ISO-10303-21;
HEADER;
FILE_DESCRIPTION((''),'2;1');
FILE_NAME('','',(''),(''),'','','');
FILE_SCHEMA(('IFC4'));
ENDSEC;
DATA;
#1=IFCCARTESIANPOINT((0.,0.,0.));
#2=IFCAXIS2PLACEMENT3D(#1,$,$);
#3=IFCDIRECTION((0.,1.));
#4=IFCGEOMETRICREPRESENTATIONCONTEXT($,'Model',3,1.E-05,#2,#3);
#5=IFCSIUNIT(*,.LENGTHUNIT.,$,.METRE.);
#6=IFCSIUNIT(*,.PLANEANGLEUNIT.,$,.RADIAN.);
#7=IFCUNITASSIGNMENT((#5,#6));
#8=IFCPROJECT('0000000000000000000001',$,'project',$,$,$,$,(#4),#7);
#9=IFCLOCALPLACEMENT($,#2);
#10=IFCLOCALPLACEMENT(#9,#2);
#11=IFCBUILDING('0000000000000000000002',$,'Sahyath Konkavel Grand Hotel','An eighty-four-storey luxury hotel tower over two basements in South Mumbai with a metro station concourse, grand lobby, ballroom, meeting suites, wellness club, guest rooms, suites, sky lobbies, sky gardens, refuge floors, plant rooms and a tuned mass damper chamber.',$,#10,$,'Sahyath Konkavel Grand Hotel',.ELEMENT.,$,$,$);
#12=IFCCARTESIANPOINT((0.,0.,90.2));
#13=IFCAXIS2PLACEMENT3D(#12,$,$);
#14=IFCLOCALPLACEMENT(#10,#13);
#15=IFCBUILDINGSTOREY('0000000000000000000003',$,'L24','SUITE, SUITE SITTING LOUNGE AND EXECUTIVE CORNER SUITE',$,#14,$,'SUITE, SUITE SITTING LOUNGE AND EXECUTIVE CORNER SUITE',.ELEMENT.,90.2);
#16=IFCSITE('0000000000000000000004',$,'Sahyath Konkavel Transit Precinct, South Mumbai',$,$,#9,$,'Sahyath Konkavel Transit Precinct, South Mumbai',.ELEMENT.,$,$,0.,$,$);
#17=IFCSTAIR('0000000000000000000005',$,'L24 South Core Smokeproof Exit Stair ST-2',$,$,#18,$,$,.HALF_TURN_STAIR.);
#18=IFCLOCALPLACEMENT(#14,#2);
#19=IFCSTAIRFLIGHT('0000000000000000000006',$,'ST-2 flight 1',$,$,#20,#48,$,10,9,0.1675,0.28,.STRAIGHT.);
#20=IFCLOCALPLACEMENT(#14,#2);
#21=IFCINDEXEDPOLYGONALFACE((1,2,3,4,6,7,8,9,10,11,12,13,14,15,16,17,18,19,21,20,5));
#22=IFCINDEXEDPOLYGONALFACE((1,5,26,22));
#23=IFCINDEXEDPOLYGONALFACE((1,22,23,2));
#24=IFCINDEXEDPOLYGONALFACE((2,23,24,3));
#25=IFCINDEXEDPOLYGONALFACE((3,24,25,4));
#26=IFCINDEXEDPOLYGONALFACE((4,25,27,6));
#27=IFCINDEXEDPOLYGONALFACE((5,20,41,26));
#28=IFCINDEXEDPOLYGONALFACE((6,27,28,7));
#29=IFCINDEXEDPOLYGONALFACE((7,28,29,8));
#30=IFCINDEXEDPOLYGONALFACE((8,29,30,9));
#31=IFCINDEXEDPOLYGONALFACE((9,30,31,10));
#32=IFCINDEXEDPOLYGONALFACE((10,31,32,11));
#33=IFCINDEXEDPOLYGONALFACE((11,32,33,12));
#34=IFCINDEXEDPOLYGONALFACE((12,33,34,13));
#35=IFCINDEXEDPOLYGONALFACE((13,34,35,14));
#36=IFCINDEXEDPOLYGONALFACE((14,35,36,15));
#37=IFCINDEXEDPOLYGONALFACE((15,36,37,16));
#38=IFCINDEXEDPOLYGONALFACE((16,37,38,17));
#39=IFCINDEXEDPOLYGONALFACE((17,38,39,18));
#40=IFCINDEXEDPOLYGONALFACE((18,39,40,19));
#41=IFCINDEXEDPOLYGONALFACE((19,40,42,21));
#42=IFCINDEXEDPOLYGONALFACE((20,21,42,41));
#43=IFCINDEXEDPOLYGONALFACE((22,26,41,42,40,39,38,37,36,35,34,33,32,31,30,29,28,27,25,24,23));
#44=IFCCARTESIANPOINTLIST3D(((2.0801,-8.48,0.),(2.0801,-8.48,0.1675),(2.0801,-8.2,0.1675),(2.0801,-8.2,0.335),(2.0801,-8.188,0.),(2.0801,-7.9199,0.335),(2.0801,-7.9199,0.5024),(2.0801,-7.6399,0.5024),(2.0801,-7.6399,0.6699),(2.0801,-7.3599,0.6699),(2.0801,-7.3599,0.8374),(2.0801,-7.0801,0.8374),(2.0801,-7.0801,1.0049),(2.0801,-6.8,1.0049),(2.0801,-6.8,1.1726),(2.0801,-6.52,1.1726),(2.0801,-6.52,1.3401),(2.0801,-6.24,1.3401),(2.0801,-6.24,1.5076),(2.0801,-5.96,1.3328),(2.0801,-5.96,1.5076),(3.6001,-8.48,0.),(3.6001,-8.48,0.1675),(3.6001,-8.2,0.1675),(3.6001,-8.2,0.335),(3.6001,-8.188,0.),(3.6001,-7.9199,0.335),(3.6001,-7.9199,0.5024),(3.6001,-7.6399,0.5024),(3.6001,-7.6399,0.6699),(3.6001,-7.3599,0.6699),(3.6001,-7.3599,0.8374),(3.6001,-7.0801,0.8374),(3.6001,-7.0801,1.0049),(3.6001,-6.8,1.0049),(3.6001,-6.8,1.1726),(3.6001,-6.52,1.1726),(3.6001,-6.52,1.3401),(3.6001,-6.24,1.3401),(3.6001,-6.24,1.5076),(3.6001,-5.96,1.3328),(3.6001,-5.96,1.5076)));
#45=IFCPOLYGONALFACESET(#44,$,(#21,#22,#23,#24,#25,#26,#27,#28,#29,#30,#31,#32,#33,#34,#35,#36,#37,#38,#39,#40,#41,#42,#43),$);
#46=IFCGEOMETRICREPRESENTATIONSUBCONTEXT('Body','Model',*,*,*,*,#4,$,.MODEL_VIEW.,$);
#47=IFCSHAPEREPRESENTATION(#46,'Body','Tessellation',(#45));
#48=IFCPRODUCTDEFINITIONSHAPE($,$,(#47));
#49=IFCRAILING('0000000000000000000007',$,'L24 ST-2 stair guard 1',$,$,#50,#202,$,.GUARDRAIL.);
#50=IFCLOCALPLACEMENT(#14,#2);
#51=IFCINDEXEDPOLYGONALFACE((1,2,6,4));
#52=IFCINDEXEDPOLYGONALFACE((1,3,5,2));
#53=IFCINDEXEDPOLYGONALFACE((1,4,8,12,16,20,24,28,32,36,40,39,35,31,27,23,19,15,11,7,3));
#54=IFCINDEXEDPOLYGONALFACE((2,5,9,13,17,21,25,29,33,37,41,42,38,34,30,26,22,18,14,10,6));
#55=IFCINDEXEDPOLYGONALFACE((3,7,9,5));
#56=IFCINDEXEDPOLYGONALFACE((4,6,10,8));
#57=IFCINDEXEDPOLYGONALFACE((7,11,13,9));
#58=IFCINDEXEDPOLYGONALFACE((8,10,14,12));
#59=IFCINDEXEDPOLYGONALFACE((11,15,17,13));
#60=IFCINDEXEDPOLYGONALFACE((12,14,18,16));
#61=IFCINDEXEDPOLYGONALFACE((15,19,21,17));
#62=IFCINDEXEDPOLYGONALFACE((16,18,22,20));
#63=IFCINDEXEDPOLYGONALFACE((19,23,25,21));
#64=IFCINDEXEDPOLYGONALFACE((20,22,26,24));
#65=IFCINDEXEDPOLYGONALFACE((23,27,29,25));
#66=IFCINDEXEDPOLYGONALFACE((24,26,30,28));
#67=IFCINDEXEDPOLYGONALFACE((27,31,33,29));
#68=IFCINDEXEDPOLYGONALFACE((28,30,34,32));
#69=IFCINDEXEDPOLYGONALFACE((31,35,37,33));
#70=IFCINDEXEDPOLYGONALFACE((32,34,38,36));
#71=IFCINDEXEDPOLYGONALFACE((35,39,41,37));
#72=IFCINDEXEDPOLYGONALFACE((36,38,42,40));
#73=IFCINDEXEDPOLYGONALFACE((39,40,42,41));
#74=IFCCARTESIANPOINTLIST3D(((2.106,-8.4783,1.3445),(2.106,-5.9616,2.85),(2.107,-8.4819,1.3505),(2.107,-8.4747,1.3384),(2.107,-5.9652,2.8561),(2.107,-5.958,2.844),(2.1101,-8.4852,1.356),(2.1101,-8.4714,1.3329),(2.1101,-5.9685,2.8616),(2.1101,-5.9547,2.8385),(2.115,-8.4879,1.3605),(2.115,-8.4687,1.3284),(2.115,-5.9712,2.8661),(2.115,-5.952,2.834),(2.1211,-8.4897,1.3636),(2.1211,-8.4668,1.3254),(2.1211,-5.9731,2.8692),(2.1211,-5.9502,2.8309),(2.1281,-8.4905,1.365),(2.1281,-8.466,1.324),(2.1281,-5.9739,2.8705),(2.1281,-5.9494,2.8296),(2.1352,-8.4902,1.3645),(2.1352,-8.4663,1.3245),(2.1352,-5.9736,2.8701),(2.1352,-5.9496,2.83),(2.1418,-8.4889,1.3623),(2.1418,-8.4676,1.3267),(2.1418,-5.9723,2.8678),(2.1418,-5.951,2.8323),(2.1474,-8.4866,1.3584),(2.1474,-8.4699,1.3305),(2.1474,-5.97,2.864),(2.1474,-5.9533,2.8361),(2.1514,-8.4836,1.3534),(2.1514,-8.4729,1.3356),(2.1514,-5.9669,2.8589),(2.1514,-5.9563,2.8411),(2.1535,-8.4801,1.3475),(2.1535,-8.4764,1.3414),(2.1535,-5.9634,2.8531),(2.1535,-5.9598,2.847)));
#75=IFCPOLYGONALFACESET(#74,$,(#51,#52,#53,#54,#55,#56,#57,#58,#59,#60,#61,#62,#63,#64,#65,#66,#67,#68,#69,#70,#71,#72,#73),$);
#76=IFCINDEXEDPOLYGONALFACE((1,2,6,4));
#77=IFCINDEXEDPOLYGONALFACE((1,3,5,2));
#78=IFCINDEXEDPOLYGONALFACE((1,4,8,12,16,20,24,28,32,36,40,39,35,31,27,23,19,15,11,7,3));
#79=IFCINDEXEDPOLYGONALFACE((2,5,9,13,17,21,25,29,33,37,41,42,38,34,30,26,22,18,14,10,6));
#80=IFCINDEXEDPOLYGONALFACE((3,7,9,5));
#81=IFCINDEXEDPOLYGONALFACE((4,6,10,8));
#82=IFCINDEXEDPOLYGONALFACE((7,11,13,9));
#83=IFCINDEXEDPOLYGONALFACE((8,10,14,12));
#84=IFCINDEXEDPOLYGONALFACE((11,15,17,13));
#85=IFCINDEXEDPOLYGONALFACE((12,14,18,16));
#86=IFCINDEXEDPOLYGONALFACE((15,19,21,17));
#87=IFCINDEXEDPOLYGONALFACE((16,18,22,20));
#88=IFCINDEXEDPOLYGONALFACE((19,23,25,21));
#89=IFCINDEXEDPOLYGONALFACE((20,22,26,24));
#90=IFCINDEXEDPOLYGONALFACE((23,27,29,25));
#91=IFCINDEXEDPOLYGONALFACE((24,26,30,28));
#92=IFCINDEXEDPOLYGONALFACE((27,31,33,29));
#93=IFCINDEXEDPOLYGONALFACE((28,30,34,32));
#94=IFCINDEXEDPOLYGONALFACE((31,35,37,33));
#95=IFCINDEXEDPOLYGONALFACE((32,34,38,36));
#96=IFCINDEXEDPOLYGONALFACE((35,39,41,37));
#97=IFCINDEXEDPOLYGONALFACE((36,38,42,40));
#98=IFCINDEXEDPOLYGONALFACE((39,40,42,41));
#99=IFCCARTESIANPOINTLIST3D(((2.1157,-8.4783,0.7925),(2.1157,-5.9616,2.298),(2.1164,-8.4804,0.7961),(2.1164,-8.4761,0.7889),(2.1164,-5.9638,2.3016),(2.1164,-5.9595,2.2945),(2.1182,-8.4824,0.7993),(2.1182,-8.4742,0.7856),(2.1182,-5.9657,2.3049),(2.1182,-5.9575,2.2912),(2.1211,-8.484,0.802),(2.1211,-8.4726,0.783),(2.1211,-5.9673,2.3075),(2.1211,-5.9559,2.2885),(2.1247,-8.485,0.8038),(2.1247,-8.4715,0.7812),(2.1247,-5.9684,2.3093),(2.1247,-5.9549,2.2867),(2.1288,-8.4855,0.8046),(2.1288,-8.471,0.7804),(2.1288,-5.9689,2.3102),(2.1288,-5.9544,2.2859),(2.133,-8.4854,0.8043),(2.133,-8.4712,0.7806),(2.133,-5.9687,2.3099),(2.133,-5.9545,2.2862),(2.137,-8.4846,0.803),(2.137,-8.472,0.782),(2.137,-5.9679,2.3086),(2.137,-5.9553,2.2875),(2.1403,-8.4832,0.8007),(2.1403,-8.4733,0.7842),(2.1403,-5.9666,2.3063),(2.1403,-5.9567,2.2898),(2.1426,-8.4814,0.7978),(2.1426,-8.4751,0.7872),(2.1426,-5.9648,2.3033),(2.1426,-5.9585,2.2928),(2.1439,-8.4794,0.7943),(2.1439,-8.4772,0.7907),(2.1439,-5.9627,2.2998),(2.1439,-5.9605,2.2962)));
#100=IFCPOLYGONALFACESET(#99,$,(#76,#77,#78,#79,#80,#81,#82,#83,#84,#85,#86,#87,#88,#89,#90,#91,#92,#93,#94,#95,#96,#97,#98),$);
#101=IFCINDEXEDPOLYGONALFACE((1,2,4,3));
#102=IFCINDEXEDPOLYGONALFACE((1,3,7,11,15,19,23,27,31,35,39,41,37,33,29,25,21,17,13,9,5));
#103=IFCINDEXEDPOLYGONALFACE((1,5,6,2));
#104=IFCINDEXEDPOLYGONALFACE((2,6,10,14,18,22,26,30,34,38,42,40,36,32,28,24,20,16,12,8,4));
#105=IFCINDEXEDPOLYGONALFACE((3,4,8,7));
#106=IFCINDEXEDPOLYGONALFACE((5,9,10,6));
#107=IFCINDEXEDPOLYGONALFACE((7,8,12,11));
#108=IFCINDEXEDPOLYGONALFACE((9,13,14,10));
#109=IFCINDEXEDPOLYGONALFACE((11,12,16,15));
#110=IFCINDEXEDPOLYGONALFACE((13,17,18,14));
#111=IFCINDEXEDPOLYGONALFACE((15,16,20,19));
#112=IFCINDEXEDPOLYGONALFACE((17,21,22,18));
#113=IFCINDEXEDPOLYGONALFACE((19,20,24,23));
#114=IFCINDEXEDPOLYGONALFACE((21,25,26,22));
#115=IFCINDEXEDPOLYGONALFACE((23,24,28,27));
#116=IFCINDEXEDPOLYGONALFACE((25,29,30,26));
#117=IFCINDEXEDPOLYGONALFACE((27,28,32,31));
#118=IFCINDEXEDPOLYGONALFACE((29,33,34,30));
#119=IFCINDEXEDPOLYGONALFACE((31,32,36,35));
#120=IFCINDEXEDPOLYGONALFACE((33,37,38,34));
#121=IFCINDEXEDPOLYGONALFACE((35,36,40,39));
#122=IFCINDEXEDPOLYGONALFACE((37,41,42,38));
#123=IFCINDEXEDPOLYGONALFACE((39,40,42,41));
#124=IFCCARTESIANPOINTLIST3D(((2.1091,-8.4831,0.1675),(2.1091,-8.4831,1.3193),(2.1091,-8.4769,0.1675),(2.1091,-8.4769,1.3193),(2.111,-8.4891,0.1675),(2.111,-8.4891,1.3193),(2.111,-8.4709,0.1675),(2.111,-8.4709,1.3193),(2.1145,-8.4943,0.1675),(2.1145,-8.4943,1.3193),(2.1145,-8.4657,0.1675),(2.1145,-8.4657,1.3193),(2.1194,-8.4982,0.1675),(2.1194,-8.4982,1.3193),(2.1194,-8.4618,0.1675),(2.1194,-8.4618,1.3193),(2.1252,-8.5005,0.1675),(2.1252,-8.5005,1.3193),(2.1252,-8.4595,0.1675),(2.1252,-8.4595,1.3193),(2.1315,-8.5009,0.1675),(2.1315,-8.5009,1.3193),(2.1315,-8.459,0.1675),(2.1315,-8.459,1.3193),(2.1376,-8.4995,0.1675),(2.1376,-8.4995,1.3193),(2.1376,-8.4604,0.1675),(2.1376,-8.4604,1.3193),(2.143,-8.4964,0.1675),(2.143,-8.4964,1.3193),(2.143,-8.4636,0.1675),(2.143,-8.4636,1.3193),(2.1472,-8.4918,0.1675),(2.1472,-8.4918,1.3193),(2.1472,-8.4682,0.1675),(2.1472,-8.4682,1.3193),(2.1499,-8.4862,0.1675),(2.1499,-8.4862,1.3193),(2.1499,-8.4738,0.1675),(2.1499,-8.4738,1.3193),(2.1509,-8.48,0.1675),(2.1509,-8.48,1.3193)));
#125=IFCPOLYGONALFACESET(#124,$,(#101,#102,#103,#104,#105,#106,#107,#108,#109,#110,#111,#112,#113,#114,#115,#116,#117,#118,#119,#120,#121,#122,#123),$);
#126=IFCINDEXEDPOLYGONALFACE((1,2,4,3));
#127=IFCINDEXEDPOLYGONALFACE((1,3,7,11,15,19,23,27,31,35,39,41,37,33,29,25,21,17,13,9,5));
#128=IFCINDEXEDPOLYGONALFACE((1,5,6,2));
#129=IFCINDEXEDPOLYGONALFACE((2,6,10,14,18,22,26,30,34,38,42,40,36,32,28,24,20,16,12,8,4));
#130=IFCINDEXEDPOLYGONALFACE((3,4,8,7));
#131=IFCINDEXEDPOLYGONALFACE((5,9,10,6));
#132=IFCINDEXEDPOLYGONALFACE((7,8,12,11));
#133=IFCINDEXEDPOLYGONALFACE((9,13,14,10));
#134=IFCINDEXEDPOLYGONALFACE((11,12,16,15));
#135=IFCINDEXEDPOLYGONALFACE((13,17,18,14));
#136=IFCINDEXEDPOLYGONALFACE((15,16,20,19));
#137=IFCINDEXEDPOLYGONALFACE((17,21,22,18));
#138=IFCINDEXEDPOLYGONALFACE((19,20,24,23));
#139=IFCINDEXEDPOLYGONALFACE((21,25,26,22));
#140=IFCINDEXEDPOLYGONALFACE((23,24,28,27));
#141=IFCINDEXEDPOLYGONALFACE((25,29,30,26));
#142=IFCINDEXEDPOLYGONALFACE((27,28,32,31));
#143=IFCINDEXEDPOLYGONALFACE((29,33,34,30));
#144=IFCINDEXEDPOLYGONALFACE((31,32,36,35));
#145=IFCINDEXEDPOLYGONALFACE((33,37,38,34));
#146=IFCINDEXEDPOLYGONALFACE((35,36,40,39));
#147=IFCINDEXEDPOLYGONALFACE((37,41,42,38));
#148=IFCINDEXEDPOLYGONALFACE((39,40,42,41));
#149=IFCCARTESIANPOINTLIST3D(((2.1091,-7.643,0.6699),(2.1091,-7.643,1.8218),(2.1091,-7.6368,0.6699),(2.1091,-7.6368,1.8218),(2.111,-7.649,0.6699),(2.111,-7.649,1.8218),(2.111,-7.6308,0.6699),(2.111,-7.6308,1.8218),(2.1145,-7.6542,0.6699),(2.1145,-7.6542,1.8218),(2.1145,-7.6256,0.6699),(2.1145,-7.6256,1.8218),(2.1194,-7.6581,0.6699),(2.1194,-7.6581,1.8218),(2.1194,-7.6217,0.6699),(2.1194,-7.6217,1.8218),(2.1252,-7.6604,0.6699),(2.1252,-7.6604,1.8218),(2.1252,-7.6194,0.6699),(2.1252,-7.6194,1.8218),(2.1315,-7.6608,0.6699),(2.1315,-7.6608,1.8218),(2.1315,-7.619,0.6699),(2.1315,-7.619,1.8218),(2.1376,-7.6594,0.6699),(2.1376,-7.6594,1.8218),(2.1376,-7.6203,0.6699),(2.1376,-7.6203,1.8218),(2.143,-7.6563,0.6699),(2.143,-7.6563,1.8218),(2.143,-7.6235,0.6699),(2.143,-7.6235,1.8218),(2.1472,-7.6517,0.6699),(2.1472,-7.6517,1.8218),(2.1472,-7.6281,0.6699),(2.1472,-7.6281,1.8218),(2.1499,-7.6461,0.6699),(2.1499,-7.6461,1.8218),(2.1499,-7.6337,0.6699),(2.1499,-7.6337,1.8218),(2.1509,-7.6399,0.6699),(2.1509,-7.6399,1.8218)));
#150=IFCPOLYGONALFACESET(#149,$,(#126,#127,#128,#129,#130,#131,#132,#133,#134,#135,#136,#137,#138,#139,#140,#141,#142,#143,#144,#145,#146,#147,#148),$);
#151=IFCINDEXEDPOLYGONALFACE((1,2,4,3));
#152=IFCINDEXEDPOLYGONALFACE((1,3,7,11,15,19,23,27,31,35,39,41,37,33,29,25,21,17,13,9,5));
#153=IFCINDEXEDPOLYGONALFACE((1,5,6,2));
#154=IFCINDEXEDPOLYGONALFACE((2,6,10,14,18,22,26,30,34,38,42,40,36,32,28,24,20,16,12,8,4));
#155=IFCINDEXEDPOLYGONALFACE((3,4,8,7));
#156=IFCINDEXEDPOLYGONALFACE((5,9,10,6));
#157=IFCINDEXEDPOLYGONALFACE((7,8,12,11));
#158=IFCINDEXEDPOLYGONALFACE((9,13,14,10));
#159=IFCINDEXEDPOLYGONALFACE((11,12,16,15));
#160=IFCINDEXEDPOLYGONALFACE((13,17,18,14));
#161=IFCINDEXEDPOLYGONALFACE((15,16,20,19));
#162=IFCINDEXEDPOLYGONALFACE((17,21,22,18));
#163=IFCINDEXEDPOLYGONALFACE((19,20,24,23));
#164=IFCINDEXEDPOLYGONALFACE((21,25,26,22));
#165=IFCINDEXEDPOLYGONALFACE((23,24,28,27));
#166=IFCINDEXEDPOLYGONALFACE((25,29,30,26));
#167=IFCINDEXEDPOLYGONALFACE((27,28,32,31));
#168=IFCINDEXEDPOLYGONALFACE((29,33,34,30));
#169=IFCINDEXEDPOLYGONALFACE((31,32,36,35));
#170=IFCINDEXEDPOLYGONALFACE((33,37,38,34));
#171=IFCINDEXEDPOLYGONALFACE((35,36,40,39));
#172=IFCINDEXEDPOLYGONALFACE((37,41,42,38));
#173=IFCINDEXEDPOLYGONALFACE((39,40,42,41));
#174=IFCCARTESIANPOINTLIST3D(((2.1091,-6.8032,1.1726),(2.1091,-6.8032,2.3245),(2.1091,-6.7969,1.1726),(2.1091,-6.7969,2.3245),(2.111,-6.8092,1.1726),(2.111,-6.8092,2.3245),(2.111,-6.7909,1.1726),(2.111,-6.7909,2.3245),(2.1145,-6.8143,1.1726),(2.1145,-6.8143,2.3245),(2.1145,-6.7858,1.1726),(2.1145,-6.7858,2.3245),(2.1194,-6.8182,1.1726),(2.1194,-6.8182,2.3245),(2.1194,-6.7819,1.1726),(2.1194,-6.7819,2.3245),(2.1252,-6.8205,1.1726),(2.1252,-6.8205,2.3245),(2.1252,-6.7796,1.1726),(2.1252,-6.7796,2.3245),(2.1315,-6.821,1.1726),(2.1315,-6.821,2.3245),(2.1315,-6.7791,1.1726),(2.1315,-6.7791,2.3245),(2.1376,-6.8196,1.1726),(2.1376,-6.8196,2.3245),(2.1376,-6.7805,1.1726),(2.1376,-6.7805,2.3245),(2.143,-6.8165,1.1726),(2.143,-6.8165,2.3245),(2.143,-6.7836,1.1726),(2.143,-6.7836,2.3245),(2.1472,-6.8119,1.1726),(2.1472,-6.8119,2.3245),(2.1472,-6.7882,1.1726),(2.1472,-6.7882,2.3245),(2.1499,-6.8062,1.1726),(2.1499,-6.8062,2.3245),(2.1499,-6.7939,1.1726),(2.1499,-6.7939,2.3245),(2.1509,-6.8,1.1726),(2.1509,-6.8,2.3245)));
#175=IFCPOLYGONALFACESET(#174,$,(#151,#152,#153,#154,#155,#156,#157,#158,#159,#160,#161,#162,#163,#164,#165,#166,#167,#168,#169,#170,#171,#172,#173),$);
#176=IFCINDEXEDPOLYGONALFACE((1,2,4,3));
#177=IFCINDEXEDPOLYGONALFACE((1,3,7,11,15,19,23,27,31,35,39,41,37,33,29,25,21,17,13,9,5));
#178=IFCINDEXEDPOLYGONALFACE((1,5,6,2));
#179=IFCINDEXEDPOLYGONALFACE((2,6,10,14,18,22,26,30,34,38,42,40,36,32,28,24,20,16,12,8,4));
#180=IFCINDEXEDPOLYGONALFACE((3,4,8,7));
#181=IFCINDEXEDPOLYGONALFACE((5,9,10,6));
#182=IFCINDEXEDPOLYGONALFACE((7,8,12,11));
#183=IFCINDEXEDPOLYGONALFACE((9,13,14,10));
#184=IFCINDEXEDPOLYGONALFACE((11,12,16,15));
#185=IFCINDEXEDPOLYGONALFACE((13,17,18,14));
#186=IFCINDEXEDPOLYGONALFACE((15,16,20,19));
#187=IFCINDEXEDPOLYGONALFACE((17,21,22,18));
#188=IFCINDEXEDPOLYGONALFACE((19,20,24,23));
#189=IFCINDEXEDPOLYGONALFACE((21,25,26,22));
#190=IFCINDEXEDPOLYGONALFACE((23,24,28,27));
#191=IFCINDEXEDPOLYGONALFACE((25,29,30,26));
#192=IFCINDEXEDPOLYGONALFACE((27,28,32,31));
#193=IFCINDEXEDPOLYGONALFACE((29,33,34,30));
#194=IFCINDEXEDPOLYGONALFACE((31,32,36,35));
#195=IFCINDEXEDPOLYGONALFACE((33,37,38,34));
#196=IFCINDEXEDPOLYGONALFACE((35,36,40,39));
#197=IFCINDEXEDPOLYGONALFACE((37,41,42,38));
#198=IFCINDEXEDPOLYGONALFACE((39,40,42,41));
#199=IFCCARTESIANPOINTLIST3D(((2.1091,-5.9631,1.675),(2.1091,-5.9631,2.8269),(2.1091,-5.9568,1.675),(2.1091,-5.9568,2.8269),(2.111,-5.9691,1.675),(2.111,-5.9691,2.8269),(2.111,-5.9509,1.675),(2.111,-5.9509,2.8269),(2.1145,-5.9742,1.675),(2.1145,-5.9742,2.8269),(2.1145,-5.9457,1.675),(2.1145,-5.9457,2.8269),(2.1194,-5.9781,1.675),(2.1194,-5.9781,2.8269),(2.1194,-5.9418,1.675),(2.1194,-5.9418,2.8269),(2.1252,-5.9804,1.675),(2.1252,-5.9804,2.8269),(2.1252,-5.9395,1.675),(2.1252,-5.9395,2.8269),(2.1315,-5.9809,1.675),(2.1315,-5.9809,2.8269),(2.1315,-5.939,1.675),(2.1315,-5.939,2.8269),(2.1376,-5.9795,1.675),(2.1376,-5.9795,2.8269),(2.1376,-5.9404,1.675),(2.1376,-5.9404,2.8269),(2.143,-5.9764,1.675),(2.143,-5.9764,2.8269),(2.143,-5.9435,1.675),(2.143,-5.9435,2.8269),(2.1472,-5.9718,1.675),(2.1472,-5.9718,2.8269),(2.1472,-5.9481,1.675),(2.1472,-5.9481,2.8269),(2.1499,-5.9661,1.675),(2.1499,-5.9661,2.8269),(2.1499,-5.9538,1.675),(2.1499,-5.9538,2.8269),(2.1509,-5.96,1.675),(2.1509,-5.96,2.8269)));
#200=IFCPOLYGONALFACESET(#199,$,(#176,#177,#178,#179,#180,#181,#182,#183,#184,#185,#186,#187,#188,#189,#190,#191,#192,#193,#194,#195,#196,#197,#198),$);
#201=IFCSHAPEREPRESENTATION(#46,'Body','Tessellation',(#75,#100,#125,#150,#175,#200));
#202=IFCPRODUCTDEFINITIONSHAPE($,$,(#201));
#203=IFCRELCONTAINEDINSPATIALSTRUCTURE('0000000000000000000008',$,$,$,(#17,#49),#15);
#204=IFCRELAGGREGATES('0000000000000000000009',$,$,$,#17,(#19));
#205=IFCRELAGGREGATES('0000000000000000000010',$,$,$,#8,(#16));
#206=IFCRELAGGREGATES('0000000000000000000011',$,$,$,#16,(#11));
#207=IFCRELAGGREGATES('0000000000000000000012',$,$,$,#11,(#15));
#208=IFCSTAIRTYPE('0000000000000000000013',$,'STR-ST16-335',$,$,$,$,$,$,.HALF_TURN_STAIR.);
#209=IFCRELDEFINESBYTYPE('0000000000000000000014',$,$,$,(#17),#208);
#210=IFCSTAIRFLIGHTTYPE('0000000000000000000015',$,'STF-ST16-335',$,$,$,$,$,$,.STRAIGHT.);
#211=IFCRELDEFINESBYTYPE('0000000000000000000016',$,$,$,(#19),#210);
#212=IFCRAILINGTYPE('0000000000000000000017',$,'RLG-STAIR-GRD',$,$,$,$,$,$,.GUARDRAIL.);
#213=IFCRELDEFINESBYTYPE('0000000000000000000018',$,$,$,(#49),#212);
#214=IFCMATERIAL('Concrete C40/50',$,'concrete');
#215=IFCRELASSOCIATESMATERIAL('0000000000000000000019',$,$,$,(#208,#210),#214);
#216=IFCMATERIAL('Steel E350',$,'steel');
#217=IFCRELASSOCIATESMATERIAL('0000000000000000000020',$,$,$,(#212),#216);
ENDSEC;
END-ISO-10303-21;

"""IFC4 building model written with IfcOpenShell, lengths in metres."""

from ifc_helpers import new_model, si_unit, direction, frame, origin, origin_2d, place, context, subcontext, project, spatial, polyline, circle, outline, extrude, material, type_object, element, aggregate, save


model = new_model("IFC4")

# Units and contexts
model_context = context("Model", 3, precision=1e-05, world=origin(), true_north=direction((0.0, 1.0)))
body_context = subcontext(model_context, "Body", "Model", "MODEL_VIEW")
ifc_project = project(units=[si_unit("LENGTHUNIT", "METRE"), si_unit("PLANEANGLEUNIT", "RADIAN")], contexts=[model_context])

# Site, building, storey
site_placement = place(None, origin())
site = spatial("IfcSite", under=ifc_project, at=site_placement, Name="Sahyath Konkavel Transit Precinct, South Mumbai", LongName="Sahyath Konkavel Transit Precinct, South Mumbai", CompositionType="ELEMENT", RefElevation=0.0)
building_placement = place(site_placement, origin())
building = spatial("IfcBuilding", under=site, at=building_placement, Name="Sahyath Konkavel Grand Hotel", Description="An eighty-four-storey luxury hotel tower over two basements in South Mumbai with a metro station concourse, grand lobby, ballroom, meeting suites, wellness club, guest rooms, suites, sky lobbies, sky gardens, refuge floors, plant rooms and a tuned mass damper chamber.", LongName="Sahyath Konkavel Grand Hotel", CompositionType="ELEMENT")
storey_placement = place(building_placement, frame((0.0, 0.0, 90.2)))
storey = spatial("IfcBuildingStorey", under=building, at=storey_placement, Name="L24", Description="SUITE, SUITE SITTING LOUNGE AND EXECUTIVE CORNER SUITE", LongName="SUITE, SUITE SITTING LOUNGE AND EXECUTIVE CORNER SUITE", CompositionType="ELEMENT", Elevation=90.2)

# Shared definitions
ifc_material_1 = material(Name="Steel E350", Category="steel")

# Shared definitions
ifc_material_2 = material(Name="Concrete C40/50", Category="concrete")

# Stair, stair flight
stair_type = type_object("IfcStairType", Name="STR-ST16-335", PredefinedType="HALF_TURN_STAIR", material=ifc_material_2)
stair_placement = place(storey_placement, origin())
stair = element("IfcStair", 1, at=stair_placement, inside=storey, type_object=stair_type, Name="L24 South Core Smokeproof Exit Stair ST-2", PredefinedType="HALF_TURN_STAIR")
stair_flight_type = type_object("IfcStairFlightType", Name="STF-ST16-335", PredefinedType="STRAIGHT", material=ifc_material_2)
stair_flight_placement = place(storey_placement, frame((2.8401, -8.48, 0.0), z_axis=(0.0, 0.0, 1.0), x_axis=(0.0, 1.0, 0.0)))
stair_flight = element("IfcStairFlight", 2, at=stair_flight_placement, type_object=stair_flight_type, Name="ST-2 flight 1", NumberOfRisers=10, NumberOfTreads=9, PredefinedType="STRAIGHT", RiserHeight=0.1675, TreadLength=0.28, context=body_context, shape_type="SweptSolid", body=[
    extrude(outline(polyline([(0.0, 0.0), (0.0, 0.1675), (0.28, 0.1675), (0.28, 0.335), (0.5601, 0.335), (0.5601, 0.5024), (0.8401, 0.5024), (0.8401, 0.6699), (1.1201, 0.6699), (1.1201, 0.8374), (1.3999, 0.8374), (1.3999, 1.0049), (1.6799, 1.0049), (1.6799, 1.1726), (1.96, 1.1726), (1.96, 1.3401), (2.24, 1.3401), (2.24, 1.5076), (2.52, 1.5076), (2.52, 1.675), (2.52, 1.3328), (0.292, 0.0), (0.0, 0.0)])), frame((0.0, 0.76, 0.0), z_axis=(0.0, -1.0, 0.0), x_axis=(1.0, 0.0, 0.0)), (0.0, 0.0, 1.0), 1.52),
])
aggregate(stair, [stair_flight])

# Railing
railing_type_1 = type_object("IfcRailingType", Name="RLG-STAIR-GRD", PredefinedType="GUARDRAIL", material=ifc_material_1)
railing_1_placement = place(storey_placement, frame((2.1299, -8.48, 0.1675)))
element("IfcRailing", 3, at=railing_1_placement, inside=storey, type_object=railing_type_1, Name="L24 ST-2 stair guard 1", PredefinedType="GUARDRAIL", context=body_context, shape_type="SweptSolid", body=[
    extrude(circle(Radius=0.0239, at=origin_2d()), frame((0.0, 0.0017, 1.177), z_axis=(0.0, 0.85816, 0.513383), x_axis=(-1.0, 0.0, 0.0)), (0.0, 0.0, 1.0), 2.9326),
    extrude(circle(Radius=0.0142, at=origin_2d()), frame((0.0, 0.0017, 0.625), z_axis=(0.0, 0.85816, 0.513383), x_axis=(-1.0, 0.0, 0.0)), (0.0, 0.0, 1.0), 2.9326),
    extrude(circle(Radius=0.021, at=origin_2d()), origin(), (0.0, 0.0, 1.0), 1.1519),
    extrude(circle(Radius=0.021, at=origin_2d()), frame((0.0, 0.8401, 0.5024)), (0.0, 0.0, 1.0), 1.1519),
    extrude(circle(Radius=0.021, at=origin_2d()), frame((0.0, 1.6799, 1.0051)), (0.0, 0.0, 1.0), 1.1519),
    extrude(circle(Radius=0.021, at=origin_2d()), frame((0.0, 2.52, 1.5076)), (0.0, 0.0, 1.0), 1.1519),
])

save(model, "model.ifc")
